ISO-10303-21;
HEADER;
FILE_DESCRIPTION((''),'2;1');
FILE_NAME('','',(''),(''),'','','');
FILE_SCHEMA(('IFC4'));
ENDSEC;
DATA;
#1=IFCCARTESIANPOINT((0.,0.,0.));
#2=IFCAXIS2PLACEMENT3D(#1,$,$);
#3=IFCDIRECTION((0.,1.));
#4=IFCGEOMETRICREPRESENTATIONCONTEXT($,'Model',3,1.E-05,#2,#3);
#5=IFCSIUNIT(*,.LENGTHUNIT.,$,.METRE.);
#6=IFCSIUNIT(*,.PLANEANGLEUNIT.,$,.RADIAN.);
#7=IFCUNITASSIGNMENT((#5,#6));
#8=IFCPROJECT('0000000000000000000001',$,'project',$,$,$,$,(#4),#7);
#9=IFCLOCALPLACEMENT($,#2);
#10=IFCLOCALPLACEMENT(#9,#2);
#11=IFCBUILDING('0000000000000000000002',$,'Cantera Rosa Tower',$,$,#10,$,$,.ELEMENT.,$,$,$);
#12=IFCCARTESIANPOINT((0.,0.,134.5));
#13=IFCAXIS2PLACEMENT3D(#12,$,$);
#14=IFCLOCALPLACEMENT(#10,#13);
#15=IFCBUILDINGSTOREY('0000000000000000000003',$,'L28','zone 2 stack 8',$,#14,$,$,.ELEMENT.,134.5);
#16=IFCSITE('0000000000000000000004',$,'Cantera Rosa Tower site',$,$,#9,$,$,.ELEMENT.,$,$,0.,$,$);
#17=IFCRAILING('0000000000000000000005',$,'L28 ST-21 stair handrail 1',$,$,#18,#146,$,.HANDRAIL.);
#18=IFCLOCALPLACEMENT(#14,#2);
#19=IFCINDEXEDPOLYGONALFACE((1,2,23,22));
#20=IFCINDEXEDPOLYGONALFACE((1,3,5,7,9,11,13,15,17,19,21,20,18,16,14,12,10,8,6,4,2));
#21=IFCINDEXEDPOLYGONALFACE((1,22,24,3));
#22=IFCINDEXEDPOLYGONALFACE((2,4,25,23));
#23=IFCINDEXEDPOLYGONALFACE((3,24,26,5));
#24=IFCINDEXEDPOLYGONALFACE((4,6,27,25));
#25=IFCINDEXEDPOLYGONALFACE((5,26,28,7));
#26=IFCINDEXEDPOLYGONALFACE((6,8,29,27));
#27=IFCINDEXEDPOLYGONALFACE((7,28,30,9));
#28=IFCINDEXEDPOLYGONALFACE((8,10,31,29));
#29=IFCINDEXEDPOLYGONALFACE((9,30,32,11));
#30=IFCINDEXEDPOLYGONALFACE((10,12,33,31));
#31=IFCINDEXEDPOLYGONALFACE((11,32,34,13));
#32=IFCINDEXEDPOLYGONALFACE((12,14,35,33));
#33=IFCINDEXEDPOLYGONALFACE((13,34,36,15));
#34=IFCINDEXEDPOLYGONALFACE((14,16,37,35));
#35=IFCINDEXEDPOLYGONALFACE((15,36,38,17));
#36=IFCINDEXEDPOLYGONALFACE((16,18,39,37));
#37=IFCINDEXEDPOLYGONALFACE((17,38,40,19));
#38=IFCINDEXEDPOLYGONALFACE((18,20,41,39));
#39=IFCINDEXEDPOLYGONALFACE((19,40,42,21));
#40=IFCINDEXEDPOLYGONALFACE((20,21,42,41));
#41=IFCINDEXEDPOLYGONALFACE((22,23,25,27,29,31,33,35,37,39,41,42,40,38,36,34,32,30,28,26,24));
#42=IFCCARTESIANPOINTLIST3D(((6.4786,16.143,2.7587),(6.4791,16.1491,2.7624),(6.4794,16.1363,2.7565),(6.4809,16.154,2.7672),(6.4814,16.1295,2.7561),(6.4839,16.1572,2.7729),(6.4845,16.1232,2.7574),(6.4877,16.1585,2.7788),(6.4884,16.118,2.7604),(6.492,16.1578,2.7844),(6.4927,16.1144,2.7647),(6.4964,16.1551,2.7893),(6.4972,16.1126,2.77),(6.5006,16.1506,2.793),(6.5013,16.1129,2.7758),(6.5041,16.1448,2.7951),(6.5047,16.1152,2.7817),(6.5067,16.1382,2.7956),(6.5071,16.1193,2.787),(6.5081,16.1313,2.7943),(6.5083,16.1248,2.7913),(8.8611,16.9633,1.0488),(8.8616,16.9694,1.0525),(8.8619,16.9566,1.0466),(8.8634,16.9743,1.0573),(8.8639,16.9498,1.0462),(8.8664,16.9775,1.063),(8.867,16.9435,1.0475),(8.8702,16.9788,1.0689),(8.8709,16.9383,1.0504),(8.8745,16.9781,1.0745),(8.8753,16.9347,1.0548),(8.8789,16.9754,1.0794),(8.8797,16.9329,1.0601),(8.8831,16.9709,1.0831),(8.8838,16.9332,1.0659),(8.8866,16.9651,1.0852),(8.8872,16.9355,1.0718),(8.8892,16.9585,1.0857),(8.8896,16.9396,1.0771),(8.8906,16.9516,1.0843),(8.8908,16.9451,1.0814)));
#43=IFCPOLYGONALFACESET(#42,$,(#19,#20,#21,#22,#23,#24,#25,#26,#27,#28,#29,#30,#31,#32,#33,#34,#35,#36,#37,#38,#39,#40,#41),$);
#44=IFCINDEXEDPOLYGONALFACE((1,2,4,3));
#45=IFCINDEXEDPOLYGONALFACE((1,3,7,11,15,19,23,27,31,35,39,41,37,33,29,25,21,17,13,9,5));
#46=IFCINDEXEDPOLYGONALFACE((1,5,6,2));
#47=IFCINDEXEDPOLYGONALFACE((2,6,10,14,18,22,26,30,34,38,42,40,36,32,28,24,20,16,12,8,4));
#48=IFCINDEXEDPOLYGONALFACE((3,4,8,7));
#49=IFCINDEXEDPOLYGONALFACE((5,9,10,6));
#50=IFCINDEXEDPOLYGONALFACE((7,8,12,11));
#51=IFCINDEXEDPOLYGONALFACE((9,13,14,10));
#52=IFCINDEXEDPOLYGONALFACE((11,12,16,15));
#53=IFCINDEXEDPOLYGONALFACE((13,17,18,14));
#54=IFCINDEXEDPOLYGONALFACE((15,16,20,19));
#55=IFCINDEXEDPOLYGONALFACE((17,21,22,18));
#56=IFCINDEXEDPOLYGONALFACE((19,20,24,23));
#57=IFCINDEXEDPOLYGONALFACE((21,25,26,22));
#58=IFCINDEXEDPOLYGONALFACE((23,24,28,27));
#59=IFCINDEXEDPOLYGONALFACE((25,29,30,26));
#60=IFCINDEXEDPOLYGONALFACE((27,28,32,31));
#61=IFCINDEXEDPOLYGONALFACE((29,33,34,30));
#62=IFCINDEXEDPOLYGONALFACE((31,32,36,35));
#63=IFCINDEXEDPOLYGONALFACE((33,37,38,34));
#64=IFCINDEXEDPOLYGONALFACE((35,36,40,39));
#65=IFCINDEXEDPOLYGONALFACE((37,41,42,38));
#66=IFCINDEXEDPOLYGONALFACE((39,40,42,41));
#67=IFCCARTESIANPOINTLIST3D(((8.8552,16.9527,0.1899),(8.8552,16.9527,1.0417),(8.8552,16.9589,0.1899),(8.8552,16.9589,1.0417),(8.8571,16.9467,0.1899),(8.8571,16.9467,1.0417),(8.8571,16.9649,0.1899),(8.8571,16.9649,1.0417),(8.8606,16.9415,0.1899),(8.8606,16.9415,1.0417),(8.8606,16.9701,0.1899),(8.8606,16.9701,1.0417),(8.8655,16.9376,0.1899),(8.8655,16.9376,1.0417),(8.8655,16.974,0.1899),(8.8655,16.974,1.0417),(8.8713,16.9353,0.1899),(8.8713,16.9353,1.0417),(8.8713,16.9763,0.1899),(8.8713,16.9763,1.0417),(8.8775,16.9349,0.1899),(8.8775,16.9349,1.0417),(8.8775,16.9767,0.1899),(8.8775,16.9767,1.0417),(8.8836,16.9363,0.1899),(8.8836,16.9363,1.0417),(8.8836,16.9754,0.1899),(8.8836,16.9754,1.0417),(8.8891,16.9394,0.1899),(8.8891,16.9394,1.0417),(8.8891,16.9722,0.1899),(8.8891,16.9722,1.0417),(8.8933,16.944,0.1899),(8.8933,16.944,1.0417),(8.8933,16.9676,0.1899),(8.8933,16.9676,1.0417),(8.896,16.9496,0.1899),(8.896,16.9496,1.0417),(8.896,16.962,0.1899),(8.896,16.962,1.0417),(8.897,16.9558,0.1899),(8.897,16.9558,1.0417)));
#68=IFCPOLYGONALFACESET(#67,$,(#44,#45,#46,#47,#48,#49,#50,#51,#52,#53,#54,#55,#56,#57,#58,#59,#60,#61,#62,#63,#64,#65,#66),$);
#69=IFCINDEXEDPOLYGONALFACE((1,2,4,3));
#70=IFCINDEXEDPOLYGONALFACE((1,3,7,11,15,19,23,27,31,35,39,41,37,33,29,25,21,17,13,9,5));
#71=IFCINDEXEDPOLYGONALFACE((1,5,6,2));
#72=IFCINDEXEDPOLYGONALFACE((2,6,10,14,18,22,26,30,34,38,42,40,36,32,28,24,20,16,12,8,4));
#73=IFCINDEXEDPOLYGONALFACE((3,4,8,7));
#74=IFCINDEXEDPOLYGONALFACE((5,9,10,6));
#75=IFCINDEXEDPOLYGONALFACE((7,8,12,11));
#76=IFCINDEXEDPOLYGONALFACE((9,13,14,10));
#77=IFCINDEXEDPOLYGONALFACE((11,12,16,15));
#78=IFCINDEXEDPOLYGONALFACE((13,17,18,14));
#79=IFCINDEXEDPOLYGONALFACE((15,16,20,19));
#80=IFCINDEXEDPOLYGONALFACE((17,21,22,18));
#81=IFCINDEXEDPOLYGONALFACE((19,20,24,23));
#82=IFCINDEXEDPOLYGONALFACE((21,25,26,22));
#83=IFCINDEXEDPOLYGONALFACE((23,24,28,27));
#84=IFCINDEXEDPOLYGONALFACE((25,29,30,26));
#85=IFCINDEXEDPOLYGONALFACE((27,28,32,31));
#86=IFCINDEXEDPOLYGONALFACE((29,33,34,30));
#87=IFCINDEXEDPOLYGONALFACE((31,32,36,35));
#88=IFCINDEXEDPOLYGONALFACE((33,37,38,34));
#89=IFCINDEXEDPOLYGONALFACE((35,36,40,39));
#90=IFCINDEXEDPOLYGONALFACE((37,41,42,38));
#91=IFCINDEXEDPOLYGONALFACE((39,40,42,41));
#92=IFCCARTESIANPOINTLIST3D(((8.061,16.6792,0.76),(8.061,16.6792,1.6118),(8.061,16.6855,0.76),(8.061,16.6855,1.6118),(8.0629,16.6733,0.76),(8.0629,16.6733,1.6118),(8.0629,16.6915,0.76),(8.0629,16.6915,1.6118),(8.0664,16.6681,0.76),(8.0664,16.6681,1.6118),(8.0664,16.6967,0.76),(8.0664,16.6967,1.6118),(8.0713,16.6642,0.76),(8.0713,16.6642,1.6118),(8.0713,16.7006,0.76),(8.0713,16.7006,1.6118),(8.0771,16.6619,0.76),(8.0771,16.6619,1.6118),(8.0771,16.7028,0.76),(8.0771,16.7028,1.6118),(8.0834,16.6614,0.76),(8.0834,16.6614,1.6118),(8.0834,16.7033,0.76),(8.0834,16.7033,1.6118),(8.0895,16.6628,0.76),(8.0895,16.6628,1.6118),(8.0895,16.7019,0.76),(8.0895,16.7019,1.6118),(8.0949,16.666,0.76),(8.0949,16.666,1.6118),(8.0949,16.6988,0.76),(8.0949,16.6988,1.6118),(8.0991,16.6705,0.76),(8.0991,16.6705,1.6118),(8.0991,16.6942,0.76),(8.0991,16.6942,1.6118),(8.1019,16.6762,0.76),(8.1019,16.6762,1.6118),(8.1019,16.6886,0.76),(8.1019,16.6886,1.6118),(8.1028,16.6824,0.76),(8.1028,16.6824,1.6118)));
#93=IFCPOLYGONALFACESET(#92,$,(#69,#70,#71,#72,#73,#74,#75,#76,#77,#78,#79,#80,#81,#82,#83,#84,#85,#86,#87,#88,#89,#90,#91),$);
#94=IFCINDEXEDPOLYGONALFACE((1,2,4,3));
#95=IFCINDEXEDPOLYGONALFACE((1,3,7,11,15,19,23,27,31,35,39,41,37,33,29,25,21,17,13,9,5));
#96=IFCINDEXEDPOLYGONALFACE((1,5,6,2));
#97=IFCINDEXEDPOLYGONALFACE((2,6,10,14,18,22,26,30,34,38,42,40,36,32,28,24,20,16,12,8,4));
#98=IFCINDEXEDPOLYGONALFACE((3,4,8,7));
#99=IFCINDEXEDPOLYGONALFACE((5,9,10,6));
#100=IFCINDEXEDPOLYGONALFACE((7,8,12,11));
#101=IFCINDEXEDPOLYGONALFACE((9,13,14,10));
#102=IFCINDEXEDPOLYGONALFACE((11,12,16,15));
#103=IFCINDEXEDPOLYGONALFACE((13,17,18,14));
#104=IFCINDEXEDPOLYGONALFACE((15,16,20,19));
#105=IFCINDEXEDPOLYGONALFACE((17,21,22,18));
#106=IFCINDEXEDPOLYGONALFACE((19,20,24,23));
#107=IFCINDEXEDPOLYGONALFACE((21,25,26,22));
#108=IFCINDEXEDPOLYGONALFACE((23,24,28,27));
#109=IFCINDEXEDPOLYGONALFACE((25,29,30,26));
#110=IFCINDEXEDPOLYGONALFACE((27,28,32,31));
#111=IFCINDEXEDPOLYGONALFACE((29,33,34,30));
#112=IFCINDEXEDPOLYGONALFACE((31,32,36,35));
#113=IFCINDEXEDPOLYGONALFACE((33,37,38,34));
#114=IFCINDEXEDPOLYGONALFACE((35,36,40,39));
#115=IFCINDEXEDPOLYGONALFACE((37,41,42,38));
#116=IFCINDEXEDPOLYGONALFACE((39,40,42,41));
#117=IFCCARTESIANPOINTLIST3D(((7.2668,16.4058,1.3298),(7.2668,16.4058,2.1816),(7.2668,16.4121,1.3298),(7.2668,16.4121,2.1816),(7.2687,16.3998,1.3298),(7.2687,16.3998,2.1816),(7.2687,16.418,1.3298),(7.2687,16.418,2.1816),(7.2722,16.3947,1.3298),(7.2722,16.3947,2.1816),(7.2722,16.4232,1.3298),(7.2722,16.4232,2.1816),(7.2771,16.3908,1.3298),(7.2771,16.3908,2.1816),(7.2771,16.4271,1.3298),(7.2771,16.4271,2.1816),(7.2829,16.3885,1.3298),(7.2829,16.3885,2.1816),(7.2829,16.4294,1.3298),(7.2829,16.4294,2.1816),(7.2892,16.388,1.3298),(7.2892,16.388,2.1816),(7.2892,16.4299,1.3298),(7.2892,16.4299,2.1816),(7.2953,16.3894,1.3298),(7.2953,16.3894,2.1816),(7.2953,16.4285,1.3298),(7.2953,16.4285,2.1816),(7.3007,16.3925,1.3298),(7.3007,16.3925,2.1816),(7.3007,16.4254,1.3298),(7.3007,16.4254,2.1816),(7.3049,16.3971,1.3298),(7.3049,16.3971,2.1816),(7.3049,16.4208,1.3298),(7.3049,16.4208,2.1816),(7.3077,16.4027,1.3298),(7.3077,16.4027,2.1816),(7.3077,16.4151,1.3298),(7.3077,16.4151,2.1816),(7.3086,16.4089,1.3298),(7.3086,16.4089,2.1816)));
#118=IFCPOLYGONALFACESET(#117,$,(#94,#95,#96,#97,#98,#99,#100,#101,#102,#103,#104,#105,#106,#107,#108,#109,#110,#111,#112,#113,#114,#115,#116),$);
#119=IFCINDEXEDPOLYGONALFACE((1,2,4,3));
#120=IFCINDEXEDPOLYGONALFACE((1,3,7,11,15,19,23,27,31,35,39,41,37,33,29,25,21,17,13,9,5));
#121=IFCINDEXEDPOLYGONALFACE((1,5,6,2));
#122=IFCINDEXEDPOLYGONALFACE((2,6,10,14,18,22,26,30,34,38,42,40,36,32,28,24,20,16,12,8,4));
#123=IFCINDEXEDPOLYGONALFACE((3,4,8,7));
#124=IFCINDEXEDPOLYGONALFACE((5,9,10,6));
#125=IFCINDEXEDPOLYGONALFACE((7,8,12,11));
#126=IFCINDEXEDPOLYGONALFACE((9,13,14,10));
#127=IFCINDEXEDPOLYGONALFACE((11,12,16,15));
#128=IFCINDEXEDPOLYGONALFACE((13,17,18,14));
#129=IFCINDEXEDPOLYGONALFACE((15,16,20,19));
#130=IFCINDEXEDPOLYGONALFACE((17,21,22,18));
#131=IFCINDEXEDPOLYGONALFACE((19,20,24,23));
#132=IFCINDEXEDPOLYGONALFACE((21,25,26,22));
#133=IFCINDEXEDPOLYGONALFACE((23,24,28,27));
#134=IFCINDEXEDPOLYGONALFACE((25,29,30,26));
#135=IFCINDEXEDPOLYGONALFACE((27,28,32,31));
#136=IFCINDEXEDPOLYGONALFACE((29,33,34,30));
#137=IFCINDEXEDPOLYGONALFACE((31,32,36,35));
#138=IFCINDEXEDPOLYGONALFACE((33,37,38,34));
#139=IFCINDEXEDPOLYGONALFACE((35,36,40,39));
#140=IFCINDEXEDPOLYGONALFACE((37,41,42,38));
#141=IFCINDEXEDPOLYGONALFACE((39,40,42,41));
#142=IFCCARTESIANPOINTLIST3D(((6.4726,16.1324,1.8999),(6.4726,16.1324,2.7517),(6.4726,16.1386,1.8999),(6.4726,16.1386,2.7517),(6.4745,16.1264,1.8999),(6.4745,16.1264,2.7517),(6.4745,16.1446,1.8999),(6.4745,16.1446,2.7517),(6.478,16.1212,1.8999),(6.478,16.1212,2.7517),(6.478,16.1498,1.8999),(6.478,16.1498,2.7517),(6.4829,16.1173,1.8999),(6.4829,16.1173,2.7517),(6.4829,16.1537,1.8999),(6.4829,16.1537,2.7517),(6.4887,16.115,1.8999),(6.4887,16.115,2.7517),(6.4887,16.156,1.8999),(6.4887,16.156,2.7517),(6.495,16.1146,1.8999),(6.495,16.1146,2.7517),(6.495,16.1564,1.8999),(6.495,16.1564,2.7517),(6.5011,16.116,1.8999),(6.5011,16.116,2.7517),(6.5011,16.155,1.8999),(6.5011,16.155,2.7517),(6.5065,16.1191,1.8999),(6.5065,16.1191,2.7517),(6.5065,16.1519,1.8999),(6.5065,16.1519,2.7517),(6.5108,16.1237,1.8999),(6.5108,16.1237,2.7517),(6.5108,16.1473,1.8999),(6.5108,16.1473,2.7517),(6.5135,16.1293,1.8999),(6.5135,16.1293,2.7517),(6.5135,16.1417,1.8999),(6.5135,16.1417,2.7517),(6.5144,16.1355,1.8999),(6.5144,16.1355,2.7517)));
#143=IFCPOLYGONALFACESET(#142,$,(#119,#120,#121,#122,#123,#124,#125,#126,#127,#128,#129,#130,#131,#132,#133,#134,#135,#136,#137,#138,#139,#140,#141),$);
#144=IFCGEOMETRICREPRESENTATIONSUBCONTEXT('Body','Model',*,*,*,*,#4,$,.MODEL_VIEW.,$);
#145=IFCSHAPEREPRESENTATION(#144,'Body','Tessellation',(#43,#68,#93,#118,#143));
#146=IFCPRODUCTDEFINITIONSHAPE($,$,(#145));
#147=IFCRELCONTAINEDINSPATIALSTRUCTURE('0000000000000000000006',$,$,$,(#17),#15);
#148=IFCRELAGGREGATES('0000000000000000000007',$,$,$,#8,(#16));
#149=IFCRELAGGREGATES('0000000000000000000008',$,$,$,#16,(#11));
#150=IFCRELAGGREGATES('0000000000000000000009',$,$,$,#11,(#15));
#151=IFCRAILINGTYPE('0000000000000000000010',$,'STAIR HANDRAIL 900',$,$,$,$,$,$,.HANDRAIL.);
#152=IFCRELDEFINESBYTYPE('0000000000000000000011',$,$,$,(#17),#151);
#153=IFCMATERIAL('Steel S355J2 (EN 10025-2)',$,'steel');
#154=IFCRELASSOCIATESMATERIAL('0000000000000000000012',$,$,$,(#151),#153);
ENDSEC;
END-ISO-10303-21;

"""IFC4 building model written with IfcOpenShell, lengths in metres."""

from ifc_helpers import new_model, si_unit, direction, frame, origin, origin_2d, place, context, subcontext, project, spatial, circle, extrude, material, type_object, element, save


model = new_model("IFC4")

# Units and contexts
model_context = context("Model", 3, precision=1e-05, world=origin(), true_north=direction((0.0, 1.0)))
body_context = subcontext(model_context, "Body", "Model", "MODEL_VIEW")
ifc_project = project(units=[si_unit("LENGTHUNIT", "METRE"), si_unit("PLANEANGLEUNIT", "RADIAN")], contexts=[model_context])

# Site, building, storey
site_placement = place(None, origin())
site = spatial("IfcSite", under=ifc_project, at=site_placement, Name="Cantera Rosa Tower site", CompositionType="ELEMENT", RefElevation=0.0)
building_placement = place(site_placement, origin())
building = spatial("IfcBuilding", under=site, at=building_placement, Name="Cantera Rosa Tower", CompositionType="ELEMENT")
storey_placement = place(building_placement, frame((0.0, 0.0, 134.5)))
storey = spatial("IfcBuildingStorey", under=building, at=storey_placement, Name="L28", Description="zone 2 stack 8", CompositionType="ELEMENT", Elevation=134.5)

# Railing
ifc_material_1 = material(Name="Steel S355J2 (EN 10025-2)", Category="steel")
railing_type_1 = type_object("IfcRailingType", Name="STAIR HANDRAIL 900", PredefinedType="HANDRAIL", material=ifc_material_1)
railing_1_placement = place(storey_placement, frame((8.876, 16.9558, 0.1899)))
element("IfcRailing", 1, at=railing_1_placement, inside=storey, type_object=railing_type_1, Name="L28 ST-21 stair handrail 1", PredefinedType="HANDRAIL", context=body_context, shape_type="SweptSolid", body=[
    extrude(circle(Radius=0.0239, at=origin_2d()), frame((0.0, 0.0, 0.876), z_axis=(-0.78239, -0.269375, 0.561519), x_axis=(0.325543, -0.945527, 0.0)), (0.0, 0.0, 1.0), 3.0452),
    extrude(circle(Radius=0.021, at=origin_2d()), origin(), (0.0, 0.0, 1.0), 0.8518),
    extrude(circle(Radius=0.021, at=origin_2d()), frame((-0.7942, -0.2734, 0.5701)), (0.0, 0.0, 1.0), 0.8518),
    extrude(circle(Radius=0.021, at=origin_2d()), frame((-1.5884, -0.5469, 1.1399)), (0.0, 0.0, 1.0), 0.8518),
    extrude(circle(Radius=0.021, at=origin_2d()), frame((-2.3826, -0.8203, 1.71)), (0.0, 0.0, 1.0), 0.8518),
])

save(model, "model.ifc")
